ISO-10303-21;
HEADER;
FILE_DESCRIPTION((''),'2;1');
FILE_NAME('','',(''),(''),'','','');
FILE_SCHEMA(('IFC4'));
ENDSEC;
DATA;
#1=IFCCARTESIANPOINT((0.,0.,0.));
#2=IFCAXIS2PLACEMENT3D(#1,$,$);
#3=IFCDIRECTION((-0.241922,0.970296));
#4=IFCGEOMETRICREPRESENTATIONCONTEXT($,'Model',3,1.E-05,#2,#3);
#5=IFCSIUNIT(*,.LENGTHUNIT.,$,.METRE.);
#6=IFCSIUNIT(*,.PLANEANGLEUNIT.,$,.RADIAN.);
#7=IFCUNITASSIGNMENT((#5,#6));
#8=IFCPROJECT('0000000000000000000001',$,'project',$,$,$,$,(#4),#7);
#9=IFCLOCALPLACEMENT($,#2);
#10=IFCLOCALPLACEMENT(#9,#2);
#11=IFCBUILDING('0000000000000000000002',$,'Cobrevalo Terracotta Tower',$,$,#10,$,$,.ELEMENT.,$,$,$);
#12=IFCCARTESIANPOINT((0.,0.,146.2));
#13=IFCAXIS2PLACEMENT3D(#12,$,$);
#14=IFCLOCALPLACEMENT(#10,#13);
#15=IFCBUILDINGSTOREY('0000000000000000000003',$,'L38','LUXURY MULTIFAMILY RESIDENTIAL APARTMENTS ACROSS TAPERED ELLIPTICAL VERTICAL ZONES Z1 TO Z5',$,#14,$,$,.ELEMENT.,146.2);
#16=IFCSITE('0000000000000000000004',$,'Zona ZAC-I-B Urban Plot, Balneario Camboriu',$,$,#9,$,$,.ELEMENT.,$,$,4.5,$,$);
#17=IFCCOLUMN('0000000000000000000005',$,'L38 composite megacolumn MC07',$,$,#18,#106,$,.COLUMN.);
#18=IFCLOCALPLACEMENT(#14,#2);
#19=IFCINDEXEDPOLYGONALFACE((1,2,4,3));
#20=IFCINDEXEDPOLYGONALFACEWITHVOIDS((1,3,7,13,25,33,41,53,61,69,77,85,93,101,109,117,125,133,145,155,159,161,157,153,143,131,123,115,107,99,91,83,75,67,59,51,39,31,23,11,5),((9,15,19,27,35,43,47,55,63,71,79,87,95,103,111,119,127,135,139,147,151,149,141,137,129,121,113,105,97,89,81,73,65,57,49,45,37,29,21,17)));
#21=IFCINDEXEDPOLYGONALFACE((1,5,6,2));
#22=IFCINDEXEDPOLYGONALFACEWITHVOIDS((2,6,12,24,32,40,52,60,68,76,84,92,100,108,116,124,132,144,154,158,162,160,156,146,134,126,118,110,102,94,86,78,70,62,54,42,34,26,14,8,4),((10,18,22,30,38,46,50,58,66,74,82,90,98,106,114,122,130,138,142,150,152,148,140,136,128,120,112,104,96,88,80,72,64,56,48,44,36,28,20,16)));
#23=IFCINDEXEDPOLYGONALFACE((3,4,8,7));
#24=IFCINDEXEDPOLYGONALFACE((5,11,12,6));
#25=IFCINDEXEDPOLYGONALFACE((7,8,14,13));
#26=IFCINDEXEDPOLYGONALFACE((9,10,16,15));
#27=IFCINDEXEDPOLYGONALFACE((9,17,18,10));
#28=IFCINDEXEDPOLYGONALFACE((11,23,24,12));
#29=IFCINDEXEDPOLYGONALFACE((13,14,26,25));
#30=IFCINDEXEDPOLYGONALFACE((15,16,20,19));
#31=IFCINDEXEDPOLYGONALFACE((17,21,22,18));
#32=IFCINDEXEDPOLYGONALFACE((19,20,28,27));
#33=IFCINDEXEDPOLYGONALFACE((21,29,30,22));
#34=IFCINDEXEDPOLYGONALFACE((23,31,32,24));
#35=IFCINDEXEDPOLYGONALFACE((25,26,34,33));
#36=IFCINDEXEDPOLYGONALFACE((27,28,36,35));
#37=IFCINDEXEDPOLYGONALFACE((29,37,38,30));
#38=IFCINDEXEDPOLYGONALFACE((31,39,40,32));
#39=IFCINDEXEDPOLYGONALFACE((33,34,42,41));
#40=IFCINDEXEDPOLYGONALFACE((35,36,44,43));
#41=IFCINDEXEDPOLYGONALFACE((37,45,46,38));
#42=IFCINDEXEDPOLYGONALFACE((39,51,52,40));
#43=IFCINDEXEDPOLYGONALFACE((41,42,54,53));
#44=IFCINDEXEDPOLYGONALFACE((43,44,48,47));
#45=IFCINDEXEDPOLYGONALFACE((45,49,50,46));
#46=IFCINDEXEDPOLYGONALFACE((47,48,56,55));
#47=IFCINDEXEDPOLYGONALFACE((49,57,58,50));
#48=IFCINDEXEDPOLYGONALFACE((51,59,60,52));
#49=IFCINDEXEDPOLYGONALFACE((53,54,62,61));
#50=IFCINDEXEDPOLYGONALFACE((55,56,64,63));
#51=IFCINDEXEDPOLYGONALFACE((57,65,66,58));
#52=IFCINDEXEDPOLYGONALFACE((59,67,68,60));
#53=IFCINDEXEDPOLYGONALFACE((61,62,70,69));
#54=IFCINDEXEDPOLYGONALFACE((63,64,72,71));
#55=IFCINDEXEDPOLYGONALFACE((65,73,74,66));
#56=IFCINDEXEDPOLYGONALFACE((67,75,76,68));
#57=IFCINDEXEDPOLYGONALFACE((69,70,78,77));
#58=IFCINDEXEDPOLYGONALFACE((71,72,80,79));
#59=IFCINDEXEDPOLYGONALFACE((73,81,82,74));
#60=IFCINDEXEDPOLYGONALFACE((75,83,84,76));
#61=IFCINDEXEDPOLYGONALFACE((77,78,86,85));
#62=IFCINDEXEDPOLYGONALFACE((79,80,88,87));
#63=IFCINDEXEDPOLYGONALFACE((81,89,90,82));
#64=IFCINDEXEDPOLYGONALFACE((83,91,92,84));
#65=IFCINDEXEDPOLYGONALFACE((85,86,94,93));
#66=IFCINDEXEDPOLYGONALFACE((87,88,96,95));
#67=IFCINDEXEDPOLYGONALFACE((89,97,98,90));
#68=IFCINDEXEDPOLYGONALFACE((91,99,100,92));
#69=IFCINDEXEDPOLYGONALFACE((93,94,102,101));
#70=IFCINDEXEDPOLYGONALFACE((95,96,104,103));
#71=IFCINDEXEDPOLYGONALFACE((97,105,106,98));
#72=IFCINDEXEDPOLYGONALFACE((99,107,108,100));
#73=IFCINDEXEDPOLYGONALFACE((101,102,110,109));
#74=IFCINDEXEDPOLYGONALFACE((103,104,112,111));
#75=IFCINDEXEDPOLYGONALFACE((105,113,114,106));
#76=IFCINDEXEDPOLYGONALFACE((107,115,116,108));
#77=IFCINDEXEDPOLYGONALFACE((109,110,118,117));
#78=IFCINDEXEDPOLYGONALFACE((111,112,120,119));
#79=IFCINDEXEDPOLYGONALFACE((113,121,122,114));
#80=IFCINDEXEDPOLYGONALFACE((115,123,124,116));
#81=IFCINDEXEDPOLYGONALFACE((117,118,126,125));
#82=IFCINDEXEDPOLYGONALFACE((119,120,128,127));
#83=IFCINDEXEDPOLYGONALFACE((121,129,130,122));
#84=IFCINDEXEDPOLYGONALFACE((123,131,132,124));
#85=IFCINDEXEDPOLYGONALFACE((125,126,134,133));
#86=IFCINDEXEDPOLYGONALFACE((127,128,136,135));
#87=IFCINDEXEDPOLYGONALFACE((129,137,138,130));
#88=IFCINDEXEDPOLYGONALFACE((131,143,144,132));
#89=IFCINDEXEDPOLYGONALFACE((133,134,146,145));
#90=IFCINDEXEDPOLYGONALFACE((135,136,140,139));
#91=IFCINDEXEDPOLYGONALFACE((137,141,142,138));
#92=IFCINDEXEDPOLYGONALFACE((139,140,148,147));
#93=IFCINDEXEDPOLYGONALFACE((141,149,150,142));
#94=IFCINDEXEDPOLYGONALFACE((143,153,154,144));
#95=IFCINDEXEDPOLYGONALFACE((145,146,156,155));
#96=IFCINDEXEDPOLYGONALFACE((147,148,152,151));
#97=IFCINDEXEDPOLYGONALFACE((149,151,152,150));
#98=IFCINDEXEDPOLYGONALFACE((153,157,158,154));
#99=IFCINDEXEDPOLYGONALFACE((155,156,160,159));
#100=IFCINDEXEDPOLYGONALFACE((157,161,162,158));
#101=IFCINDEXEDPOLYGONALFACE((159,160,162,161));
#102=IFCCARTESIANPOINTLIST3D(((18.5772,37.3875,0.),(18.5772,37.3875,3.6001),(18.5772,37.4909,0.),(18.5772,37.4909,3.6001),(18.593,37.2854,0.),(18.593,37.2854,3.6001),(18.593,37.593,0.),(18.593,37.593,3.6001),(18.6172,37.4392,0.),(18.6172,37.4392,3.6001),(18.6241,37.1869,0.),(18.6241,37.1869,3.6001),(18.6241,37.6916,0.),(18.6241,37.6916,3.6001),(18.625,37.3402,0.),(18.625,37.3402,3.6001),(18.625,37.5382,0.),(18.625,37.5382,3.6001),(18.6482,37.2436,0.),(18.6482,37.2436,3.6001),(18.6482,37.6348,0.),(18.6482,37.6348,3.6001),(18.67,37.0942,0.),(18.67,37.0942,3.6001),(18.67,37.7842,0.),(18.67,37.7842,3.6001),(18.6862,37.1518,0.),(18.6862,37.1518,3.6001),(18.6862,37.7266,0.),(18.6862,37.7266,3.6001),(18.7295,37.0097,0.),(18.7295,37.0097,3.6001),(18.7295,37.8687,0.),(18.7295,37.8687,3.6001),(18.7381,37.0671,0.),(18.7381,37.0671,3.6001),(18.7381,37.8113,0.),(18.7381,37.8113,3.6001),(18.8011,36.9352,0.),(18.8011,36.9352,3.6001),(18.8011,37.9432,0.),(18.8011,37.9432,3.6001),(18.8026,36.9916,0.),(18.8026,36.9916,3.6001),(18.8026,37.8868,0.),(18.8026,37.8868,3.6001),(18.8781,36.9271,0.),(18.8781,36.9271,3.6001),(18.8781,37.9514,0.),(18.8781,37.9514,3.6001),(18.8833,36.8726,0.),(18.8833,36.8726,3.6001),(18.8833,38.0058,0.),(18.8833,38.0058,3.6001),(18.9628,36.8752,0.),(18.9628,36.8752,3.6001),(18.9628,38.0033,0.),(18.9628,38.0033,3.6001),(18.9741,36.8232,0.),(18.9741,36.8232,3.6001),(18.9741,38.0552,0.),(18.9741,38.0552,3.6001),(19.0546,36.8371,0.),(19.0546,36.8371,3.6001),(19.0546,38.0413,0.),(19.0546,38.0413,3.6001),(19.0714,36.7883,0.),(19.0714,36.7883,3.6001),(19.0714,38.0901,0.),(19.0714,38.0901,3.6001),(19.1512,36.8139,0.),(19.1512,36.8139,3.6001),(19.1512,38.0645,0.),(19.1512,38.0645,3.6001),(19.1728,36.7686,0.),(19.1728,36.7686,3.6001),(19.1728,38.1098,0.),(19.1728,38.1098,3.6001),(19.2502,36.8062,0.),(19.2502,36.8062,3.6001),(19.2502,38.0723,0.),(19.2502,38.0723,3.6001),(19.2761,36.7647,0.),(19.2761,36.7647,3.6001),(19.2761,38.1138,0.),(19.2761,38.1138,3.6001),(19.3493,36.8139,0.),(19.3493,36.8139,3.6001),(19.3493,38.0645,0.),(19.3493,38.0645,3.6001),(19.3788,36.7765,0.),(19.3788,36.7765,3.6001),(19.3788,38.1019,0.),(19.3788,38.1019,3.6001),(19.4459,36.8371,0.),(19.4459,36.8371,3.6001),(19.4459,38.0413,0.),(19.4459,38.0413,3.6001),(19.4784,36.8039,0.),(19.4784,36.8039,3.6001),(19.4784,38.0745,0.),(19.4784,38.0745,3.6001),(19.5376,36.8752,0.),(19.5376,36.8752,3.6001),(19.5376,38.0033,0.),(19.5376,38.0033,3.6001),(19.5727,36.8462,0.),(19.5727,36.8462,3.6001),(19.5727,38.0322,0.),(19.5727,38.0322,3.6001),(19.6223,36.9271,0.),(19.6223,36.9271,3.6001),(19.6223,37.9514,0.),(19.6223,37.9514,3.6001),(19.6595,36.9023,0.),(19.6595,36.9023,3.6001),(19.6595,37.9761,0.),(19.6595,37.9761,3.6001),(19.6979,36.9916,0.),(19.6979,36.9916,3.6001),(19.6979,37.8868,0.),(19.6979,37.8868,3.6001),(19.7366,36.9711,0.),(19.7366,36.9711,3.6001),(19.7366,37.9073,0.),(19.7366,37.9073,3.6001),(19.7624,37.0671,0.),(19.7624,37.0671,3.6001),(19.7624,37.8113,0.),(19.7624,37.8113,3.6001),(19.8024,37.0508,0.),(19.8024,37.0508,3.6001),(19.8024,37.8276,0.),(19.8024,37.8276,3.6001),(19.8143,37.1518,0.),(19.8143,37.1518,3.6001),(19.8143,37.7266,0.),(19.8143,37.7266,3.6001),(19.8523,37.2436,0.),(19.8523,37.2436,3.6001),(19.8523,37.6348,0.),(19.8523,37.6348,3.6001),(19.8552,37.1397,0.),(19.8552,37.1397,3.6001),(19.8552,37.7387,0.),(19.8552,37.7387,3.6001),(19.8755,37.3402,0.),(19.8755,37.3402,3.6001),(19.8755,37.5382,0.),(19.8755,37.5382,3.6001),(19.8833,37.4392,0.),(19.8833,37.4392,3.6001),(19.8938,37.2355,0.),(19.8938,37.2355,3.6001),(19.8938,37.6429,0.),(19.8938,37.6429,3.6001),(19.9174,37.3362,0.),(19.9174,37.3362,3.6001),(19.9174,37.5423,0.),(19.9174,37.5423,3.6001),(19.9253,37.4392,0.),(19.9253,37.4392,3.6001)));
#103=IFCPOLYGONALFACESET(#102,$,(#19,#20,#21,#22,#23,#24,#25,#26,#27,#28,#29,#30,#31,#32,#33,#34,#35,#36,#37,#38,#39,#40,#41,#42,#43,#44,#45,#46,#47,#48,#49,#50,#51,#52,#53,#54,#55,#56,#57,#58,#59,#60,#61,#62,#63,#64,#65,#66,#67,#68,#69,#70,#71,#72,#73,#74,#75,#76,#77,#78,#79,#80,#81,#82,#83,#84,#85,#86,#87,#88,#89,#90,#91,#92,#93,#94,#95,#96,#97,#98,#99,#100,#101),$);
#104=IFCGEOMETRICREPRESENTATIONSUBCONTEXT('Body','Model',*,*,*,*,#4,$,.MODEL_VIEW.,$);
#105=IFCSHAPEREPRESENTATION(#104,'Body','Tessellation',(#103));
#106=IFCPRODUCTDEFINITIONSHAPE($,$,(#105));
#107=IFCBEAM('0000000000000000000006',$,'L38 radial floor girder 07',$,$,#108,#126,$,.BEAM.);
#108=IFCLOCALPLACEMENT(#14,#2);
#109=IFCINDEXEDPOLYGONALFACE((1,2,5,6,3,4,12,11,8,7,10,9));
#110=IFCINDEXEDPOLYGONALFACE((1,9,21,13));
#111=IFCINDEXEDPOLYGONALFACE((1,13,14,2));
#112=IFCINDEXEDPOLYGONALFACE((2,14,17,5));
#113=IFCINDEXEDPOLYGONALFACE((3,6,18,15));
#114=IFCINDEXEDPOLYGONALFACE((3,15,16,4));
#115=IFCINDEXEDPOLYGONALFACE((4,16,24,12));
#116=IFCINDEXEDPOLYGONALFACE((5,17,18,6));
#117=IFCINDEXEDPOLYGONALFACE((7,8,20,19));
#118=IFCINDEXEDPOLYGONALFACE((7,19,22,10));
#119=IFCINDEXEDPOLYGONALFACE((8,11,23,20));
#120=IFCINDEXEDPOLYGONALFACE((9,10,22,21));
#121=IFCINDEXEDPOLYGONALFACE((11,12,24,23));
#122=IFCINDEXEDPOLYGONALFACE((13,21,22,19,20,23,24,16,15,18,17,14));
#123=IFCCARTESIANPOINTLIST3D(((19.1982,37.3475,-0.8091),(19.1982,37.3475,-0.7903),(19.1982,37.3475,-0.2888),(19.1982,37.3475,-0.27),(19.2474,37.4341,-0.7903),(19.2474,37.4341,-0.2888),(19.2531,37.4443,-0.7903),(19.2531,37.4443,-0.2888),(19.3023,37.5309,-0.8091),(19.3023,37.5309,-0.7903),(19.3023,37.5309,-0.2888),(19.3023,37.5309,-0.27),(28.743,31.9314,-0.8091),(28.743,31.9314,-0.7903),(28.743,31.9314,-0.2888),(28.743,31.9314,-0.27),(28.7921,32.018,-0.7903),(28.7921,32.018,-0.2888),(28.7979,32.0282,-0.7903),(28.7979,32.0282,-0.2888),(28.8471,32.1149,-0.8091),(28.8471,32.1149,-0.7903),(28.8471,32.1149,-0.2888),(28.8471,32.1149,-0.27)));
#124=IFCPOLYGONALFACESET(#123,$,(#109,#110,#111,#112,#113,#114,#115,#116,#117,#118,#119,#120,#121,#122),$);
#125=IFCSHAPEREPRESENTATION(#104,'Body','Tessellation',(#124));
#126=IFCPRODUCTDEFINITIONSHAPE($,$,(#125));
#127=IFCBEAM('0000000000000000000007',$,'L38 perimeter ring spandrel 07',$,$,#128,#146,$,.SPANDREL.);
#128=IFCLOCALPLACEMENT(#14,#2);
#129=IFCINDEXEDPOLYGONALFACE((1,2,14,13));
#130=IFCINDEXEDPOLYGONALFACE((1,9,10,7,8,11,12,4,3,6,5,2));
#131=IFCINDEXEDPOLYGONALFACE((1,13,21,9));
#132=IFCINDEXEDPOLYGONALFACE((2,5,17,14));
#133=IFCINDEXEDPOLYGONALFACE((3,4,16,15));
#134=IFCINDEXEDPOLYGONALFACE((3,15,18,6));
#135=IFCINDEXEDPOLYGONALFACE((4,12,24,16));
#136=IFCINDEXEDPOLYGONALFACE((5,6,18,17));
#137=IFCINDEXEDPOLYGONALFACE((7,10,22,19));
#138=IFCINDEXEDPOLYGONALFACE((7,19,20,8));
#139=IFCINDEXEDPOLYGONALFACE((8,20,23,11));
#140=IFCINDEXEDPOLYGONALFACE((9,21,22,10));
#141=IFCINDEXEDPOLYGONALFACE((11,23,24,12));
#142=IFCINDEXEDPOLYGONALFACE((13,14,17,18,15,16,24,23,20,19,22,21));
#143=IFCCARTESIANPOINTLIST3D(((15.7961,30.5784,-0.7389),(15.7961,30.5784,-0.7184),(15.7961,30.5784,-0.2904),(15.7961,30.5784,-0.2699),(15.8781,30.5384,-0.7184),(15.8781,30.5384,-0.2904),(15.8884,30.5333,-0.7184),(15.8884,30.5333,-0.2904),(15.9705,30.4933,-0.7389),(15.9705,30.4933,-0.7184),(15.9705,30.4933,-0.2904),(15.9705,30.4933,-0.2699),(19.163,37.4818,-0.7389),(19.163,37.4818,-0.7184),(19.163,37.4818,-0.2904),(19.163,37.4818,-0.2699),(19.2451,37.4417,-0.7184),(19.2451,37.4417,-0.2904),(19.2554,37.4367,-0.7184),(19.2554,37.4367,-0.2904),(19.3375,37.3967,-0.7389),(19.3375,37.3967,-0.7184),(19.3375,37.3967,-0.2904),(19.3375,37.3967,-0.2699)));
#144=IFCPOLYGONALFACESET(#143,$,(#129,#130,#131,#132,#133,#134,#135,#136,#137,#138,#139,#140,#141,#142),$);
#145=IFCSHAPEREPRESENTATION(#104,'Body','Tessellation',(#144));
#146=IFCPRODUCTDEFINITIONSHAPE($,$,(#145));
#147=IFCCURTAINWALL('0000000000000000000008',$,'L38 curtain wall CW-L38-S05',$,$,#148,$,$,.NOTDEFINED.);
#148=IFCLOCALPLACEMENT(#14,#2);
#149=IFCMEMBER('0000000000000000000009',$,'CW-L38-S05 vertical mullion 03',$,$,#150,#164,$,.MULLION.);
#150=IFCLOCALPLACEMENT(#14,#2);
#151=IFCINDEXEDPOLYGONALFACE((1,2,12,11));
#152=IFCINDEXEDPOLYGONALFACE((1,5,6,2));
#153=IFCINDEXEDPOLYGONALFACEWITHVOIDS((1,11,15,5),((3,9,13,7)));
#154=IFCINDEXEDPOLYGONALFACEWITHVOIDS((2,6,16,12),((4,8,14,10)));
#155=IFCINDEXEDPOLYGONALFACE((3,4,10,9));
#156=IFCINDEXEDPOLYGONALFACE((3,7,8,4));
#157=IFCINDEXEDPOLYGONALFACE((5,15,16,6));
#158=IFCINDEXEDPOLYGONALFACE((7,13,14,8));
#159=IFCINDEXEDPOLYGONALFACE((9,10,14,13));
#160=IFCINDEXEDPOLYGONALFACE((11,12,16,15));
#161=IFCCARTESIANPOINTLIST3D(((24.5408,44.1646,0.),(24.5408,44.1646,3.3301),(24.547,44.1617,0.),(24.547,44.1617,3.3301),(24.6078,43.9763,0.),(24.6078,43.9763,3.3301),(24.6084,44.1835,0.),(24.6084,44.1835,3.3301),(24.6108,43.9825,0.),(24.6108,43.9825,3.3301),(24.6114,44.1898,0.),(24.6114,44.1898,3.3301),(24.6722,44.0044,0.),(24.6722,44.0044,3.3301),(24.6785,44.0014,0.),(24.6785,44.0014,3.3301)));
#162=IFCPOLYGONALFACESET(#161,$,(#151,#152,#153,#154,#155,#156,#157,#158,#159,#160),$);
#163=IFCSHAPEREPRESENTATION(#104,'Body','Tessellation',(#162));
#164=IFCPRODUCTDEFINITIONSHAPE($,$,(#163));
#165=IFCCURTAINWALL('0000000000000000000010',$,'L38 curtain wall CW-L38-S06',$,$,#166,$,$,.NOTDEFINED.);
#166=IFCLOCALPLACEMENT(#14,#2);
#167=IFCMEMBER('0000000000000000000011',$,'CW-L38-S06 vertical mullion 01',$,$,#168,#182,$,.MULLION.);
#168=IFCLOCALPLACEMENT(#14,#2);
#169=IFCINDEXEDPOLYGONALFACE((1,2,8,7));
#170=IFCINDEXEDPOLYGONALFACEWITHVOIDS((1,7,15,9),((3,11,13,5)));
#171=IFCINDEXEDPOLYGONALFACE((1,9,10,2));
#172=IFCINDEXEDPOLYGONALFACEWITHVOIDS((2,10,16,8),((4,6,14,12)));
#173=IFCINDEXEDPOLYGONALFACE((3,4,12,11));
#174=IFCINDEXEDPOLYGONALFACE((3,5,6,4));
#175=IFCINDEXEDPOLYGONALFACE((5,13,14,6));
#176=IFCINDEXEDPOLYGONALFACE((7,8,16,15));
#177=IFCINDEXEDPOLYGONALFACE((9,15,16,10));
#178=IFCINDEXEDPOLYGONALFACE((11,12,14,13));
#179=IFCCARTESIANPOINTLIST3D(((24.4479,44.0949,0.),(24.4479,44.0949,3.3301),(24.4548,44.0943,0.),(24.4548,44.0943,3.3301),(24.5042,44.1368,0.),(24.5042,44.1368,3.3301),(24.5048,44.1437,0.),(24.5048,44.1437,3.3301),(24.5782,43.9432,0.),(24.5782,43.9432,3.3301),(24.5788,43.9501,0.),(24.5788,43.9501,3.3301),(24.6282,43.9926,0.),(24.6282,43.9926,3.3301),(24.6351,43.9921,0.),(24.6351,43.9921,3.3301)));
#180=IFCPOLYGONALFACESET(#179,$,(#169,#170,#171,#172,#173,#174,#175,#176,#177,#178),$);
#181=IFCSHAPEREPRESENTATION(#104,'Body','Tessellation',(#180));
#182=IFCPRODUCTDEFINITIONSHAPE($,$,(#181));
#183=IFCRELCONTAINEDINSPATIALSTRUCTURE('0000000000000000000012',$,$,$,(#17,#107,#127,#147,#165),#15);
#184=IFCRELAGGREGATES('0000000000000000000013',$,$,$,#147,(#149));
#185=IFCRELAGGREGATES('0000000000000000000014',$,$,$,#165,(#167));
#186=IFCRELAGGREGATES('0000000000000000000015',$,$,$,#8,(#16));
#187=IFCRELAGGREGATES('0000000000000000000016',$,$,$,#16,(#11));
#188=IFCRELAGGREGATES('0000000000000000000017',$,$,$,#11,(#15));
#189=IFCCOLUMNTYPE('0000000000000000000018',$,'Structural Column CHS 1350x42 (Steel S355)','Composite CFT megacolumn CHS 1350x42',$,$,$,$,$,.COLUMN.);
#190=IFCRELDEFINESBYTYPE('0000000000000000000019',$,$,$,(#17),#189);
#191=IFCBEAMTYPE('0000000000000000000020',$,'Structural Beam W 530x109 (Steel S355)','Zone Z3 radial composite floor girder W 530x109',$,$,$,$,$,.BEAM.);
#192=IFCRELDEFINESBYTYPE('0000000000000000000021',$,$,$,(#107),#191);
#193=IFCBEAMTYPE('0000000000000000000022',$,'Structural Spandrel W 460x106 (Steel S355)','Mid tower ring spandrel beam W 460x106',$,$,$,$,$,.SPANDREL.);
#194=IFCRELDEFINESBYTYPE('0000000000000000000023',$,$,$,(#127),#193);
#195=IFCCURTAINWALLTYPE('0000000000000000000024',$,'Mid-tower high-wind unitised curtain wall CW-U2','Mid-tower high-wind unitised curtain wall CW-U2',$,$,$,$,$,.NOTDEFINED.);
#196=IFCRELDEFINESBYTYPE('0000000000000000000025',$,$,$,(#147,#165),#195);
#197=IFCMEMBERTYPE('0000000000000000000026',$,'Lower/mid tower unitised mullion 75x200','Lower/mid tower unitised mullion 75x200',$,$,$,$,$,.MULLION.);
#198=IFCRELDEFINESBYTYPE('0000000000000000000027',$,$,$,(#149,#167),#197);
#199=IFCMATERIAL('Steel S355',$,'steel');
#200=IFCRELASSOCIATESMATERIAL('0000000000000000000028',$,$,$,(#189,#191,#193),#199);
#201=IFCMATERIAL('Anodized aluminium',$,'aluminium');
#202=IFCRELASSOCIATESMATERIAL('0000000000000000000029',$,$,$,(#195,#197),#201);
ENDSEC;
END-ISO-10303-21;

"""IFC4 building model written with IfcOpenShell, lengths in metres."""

from ifc_helpers import new_model, si_unit, direction, frame, origin, origin_2d, place, context, subcontext, project, spatial, hollow_rectangle, hollow_circle, i_section, extrude, source, transform, mapped, material, material_profile, profile_set, type_object, element, aggregate, save


model = new_model("IFC4")

# Units and contexts
model_context = context("Model", 3, precision=1e-05, world=origin(), true_north=direction((-0.241922, 0.970296)))
body_context = subcontext(model_context, "Body", "Model", "MODEL_VIEW")
ifc_project = project(units=[si_unit("LENGTHUNIT", "METRE"), si_unit("PLANEANGLEUNIT", "RADIAN")], contexts=[model_context])

# Site, building, storey
site_placement = place(None, origin())
site = spatial("IfcSite", under=ifc_project, at=site_placement, Name="Zona ZAC-I-B Urban Plot, Balneario Camboriu", CompositionType="ELEMENT", RefElevation=4.5)
building_placement = place(site_placement, origin())
building = spatial("IfcBuilding", under=site, at=building_placement, Name="Cobrevalo Terracotta Tower", CompositionType="ELEMENT")
storey_placement = place(building_placement, frame((0.0, 0.0, 146.2)))
storey = spatial("IfcBuildingStorey", under=building, at=storey_placement, Name="L38", Description="LUXURY MULTIFAMILY RESIDENTIAL APARTMENTS ACROSS TAPERED ELLIPTICAL VERTICAL ZONES Z1 TO Z5", CompositionType="ELEMENT", Elevation=146.2)

# Column
ifc_material_1 = material(Name="Steel S355", Category="steel")
ifc_material_profile_1 = material_profile(ifc_material_1, hollow_circle(Radius=0.675, WallThickness=0.042, at=origin_2d()), Name="CHS 1350x42")
ifc_profile_set_1 = profile_set([ifc_material_profile_1], Name="Steel S355")
column_type = type_object("IfcColumnType", Name="Structural Column CHS 1350x42 (Steel S355)", Description="Composite CFT megacolumn CHS 1350x42", PredefinedType="COLUMN", material=ifc_profile_set_1)
column_placement = place(storey_placement, frame((19.2502, 37.4392, 0.0), z_axis=(0.0, 0.0, 1.0), x_axis=(1.0, 0.0, 0.0)))
element("IfcColumn", 1, at=column_placement, inside=storey, type_object=column_type, Name="L38 composite megacolumn MC07", PredefinedType="COLUMN", context=body_context, shape_type="SweptSolid", body=[
    extrude(hollow_circle(Radius=0.675, WallThickness=0.042, at=origin_2d()), origin(), (0.0, 0.0, 1.0), 3.6001),
])

# Beams
ifc_material_profile_2 = material_profile(ifc_material_1, i_section(OverallWidth=0.2109, OverallDepth=0.5391, WebThickness=0.0117, FlangeThickness=0.0188, at=origin_2d()), Name="W 530x109")
ifc_profile_set_2 = profile_set([ifc_material_profile_2], Name="Steel S355")
beam_type_1 = type_object("IfcBeamType", Name="Structural Beam W 530x109 (Steel S355)", Description="Zone Z3 radial composite floor girder W 530x109", PredefinedType="BEAM", material=ifc_profile_set_2)
beam_1_placement = place(storey_placement, frame((19.2502, 37.4392, -0.5396), z_axis=(0.869734, -0.49352, 0.0), x_axis=(0.49352, 0.869734, 0.0)))
element("IfcBeam", 2, at=beam_1_placement, inside=storey, type_object=beam_type_1, Name="L38 radial floor girder 07", PredefinedType="BEAM", context=body_context, shape_type="SweptSolid", body=[
    extrude(i_section(OverallWidth=0.2109, OverallDepth=0.5391, WebThickness=0.0117, FlangeThickness=0.0188, at=origin_2d()), origin(), (0.0, 0.0, 1.0), 10.9744),
])
ifc_material_profile_3 = material_profile(ifc_material_1, i_section(OverallWidth=0.1941, OverallDepth=0.469, WebThickness=0.0115, FlangeThickness=0.0205, at=origin_2d()), Name="W 460x106")
ifc_profile_set_3 = profile_set([ifc_material_profile_3], Name="Steel S355")
beam_type_2 = type_object("IfcBeamType", Name="Structural Spandrel W 460x106 (Steel S355)", Description="Mid tower ring spandrel beam W 460x106", PredefinedType="SPANDREL", material=ifc_profile_set_3)
beam_2_placement = place(storey_placement, frame((19.2502, 37.4392, -0.5044), z_axis=(-0.438368, -0.898796, 0.0), x_axis=(0.898796, -0.438368, 0.0)))
element("IfcBeam", 3, at=beam_2_placement, inside=storey, type_object=beam_type_2, Name="L38 perimeter ring spandrel 07", PredefinedType="SPANDREL", context=body_context, shape_type="SweptSolid", body=[
    extrude(i_section(OverallWidth=0.1941, OverallDepth=0.469, WebThickness=0.0115, FlangeThickness=0.0205, at=origin_2d()), origin(), (0.0, 0.0, 1.0), 7.6807),
])

# Curtain wall, member
ifc_material_2 = material(Name="Anodized aluminium", Category="aluminium")
curtain_wall_type = type_object("IfcCurtainWallType", Name="Mid-tower high-wind unitised curtain wall CW-U2", Description="Mid-tower high-wind unitised curtain wall CW-U2", PredefinedType="NOTDEFINED", material=ifc_material_2)
curtain_wall_1_placement = place(storey_placement, origin())
curtain_wall_1 = element("IfcCurtainWall", 4, at=curtain_wall_1_placement, inside=storey, type_object=curtain_wall_type, Name="L38 curtain wall CW-L38-S05", PredefinedType="NOTDEFINED")
ifc_material_profile_4 = material_profile(ifc_material_2, hollow_rectangle(XDim=0.075, YDim=0.2, WallThickness=0.0049, at=origin_2d()), Name="CWM 75x200")
ifc_profile_set_4 = profile_set([ifc_material_profile_4], Name="Anodized aluminium")
member_type_1 = type_object("IfcMemberType", Name="Lower/mid tower unitised mullion 75x200", Description="Lower/mid tower unitised mullion 75x200", PredefinedType="MULLION", material=ifc_profile_set_4)
shared_shape_1 = source(origin(), body_context, "Body", "SweptSolid", [
    extrude(hollow_rectangle(XDim=0.075, YDim=0.2, WallThickness=0.0049, at=origin_2d()), origin(), (0.0, 0.0, 1.0), 3.3301),
])
member_1_placement = place(storey_placement, frame((24.6096, 44.083, 0.0), z_axis=(0.0, 0.0, 1.0), x_axis=(-0.942098, -0.335336, 0.0)))
member_1 = element("IfcMember", 5, at=member_1_placement, type_object=member_type_1, Name="CW-L38-S05 vertical mullion 03", PredefinedType="MULLION", context=body_context, shape_type="MappedRepresentation", body=[
    mapped(shared_shape_1, transform((0.0, 0.0, 0.0), scale=1.0)),
])
aggregate(curtain_wall_1, [member_1])

# Curtain wall, member
curtain_wall_2_placement = place(storey_placement, origin())
curtain_wall_2 = element("IfcCurtainWall", 6, at=curtain_wall_2_placement, inside=storey, type_object=curtain_wall_type, Name="L38 curtain wall CW-L38-S06", PredefinedType="NOTDEFINED")
member_2_placement = place(storey_placement, frame((24.5415, 44.0435, 0.0), z_axis=(0.0, 0.0, 1.0), x_axis=(-0.758442, -0.651741, 0.0)))
member_2 = element("IfcMember", 7, at=member_2_placement, type_object=member_type_1, Name="CW-L38-S06 vertical mullion 01", PredefinedType="MULLION", context=body_context, shape_type="MappedRepresentation", body=[
    mapped(shared_shape_1, transform((0.0, 0.0, 0.0), scale=1.0)),
])

aggregate(curtain_wall_2, [member_2])

save(model, "model.ifc")
